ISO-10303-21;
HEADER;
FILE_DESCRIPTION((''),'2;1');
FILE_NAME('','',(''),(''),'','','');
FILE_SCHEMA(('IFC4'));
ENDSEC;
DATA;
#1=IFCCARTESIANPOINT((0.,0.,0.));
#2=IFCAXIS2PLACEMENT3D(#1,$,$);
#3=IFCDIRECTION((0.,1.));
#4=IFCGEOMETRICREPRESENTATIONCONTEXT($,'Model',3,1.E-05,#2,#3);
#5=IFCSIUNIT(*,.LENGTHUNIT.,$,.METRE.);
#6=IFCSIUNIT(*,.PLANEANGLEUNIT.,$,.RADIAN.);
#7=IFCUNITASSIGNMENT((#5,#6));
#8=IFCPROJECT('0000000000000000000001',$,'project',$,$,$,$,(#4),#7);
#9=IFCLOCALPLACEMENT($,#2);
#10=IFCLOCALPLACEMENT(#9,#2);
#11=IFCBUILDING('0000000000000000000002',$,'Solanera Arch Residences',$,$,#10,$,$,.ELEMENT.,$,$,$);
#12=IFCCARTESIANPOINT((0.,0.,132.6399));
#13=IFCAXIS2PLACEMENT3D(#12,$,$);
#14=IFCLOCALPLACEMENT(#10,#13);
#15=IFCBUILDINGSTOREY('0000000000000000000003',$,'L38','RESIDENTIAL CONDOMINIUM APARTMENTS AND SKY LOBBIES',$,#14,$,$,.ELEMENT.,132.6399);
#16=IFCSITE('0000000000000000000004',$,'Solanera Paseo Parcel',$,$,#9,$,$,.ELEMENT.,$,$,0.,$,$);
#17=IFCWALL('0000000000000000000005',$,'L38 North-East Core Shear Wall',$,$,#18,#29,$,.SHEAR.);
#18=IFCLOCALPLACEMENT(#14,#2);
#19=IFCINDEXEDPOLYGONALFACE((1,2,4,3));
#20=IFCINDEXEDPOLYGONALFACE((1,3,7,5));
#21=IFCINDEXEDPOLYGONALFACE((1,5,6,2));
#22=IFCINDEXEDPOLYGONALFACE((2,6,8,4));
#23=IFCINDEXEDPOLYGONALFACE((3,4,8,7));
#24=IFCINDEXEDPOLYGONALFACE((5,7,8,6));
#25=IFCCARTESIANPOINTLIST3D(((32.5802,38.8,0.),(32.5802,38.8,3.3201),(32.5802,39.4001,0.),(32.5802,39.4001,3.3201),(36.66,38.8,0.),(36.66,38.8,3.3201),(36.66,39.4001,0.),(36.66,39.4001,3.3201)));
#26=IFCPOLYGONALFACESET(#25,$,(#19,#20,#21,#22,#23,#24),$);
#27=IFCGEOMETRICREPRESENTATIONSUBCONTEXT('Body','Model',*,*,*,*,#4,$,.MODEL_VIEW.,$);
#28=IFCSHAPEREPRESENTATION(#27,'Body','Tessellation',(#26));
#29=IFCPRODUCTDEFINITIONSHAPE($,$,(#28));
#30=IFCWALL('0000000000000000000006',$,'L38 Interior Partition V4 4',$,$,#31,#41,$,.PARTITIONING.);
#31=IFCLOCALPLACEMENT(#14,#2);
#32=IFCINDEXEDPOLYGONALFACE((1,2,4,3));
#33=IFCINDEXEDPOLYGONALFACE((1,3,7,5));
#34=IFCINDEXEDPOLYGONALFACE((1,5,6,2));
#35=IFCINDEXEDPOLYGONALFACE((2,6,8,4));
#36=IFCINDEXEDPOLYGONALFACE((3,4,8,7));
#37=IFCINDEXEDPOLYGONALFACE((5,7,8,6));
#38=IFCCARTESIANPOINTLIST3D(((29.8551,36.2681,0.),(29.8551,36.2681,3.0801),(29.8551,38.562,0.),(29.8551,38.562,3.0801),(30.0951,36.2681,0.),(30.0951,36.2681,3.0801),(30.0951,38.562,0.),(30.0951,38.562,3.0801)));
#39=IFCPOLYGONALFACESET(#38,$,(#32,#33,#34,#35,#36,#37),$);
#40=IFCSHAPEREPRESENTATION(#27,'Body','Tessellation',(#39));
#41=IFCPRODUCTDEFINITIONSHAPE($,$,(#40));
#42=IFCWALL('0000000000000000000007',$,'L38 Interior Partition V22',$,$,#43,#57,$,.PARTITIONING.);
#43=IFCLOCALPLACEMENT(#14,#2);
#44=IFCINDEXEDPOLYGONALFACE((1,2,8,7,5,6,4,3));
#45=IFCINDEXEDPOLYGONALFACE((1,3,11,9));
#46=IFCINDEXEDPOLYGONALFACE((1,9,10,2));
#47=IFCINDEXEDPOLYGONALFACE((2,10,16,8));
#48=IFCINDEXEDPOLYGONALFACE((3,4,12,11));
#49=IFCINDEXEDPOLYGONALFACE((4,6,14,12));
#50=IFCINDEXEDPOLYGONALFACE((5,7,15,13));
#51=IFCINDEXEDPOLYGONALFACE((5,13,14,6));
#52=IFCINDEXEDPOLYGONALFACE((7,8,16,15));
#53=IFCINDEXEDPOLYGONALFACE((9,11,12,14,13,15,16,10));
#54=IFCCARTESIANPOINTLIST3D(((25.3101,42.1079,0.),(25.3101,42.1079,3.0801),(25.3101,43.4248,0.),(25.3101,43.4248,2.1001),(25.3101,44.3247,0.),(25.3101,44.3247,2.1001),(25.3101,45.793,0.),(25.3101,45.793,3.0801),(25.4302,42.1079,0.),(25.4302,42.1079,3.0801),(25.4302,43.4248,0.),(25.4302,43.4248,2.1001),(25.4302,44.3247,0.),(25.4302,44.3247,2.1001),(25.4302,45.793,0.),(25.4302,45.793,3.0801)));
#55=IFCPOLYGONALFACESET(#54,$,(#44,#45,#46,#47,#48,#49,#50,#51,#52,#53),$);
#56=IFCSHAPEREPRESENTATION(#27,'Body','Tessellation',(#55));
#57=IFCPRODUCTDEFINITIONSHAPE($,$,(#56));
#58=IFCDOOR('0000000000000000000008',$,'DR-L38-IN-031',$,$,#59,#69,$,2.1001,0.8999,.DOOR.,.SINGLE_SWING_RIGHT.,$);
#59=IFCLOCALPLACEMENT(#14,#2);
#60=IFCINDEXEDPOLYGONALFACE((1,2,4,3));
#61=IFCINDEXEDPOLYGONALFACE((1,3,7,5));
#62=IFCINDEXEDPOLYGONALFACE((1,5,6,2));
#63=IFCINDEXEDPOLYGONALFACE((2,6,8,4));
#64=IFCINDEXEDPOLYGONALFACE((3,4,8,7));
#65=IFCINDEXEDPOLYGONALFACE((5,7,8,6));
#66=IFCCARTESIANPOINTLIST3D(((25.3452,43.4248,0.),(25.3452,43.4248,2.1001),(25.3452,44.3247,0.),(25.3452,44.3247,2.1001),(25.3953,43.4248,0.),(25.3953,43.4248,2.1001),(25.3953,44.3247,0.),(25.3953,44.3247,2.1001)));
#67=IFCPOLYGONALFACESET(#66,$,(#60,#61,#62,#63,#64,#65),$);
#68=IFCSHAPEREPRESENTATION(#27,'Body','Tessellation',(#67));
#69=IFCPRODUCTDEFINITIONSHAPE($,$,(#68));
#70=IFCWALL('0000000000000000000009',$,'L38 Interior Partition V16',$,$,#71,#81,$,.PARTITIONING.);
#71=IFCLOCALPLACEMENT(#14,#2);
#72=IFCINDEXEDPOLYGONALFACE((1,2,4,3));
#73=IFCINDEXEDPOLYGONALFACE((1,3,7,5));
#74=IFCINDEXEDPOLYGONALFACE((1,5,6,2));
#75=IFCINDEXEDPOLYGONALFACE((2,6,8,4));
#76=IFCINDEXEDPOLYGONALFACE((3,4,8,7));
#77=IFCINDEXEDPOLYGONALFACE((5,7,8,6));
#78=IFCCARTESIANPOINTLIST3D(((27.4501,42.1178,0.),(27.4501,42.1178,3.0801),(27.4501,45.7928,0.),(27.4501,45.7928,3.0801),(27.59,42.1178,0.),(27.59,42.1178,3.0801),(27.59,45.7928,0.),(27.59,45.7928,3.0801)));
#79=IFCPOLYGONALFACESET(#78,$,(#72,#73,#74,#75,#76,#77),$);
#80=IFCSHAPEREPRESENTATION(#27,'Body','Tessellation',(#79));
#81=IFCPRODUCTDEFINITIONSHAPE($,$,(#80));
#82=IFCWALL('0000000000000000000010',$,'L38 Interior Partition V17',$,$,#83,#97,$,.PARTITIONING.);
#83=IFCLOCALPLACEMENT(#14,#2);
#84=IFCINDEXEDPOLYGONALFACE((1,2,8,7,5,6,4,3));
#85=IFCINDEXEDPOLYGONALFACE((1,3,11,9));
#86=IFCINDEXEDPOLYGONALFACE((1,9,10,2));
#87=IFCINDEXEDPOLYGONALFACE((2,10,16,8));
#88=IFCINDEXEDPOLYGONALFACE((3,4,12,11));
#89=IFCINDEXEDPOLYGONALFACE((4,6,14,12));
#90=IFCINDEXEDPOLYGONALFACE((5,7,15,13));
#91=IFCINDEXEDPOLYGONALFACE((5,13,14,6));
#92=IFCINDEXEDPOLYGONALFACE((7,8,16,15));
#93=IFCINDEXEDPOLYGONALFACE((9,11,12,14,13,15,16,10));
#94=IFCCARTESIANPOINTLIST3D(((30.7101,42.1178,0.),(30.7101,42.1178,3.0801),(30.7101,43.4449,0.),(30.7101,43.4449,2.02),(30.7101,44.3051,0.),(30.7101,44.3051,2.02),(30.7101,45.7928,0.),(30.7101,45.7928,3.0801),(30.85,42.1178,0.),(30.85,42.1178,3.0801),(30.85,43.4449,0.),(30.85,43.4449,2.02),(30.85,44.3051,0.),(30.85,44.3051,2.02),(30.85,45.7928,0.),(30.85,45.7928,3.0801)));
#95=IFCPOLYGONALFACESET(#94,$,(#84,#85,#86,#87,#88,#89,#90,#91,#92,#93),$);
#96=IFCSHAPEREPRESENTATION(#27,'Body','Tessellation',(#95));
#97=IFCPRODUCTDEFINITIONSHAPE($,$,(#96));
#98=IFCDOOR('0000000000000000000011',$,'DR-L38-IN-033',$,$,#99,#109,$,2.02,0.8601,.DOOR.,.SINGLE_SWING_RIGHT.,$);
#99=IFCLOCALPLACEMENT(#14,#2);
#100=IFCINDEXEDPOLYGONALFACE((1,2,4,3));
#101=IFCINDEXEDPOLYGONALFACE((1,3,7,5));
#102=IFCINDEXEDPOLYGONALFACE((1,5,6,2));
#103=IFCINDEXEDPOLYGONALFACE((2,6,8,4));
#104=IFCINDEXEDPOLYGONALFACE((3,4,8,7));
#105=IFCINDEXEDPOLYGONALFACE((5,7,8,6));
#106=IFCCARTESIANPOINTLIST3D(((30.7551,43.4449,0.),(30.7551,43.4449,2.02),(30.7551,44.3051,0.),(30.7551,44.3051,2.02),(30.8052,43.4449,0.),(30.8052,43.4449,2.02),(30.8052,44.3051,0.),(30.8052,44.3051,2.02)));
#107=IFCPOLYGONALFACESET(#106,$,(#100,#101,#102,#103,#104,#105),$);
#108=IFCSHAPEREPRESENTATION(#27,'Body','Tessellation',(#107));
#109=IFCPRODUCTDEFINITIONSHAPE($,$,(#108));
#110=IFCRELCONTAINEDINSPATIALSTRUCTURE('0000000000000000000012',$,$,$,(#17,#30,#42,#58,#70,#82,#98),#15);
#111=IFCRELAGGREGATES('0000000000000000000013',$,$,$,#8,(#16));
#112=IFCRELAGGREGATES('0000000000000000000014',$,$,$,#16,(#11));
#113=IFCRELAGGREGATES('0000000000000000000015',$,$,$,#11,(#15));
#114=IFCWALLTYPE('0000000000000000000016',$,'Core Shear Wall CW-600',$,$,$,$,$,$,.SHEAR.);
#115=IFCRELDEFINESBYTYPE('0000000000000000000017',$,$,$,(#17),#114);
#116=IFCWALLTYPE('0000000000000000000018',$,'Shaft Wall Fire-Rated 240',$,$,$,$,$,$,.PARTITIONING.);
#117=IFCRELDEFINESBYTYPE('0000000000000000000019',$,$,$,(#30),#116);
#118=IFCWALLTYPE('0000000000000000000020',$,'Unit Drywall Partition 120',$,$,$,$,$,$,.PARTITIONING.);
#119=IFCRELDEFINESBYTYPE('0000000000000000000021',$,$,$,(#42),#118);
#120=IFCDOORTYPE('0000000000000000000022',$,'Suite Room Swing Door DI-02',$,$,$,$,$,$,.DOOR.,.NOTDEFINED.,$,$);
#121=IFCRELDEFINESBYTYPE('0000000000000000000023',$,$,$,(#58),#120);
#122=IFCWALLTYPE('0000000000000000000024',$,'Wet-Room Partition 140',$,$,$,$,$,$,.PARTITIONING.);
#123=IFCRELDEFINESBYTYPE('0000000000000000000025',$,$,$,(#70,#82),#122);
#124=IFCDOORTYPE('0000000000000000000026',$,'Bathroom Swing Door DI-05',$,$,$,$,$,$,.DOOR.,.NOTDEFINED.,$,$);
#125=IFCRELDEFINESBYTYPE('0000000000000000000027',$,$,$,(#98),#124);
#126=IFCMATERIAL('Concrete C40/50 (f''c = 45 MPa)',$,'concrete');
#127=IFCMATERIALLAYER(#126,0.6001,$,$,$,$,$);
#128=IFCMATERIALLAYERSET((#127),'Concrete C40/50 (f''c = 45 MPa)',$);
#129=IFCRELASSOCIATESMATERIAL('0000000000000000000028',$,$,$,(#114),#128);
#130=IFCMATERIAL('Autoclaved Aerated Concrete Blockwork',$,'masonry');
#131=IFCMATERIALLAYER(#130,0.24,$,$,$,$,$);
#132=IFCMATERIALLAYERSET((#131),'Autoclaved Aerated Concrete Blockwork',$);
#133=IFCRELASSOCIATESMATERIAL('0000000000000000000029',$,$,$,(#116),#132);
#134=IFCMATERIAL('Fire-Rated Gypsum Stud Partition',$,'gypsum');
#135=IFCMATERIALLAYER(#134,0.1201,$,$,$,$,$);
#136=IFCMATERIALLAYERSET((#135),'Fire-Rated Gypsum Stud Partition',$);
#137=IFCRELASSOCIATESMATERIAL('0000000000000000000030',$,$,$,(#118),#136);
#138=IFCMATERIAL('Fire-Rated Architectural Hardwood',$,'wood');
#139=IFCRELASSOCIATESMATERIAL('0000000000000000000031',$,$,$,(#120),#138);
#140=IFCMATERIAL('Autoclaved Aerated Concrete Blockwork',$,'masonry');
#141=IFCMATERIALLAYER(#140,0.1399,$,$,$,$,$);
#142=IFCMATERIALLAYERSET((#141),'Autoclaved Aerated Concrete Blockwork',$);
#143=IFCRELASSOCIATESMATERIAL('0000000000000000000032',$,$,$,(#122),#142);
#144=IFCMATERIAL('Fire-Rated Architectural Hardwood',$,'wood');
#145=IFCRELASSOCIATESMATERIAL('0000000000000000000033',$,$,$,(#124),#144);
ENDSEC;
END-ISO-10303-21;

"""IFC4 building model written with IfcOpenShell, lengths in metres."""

from ifc_helpers import new_model, si_unit, direction, frame, frame_2d, origin, place, context, subcontext, project, spatial, rectangle, extrude, material, layer, layer_set, type_object, element, fill, save


model = new_model("IFC4")

# Units and contexts
model_context = context("Model", 3, precision=1e-05, world=origin(), true_north=direction((0.0, 1.0)))
body_context = subcontext(model_context, "Body", "Model", "MODEL_VIEW")
ifc_project = project(units=[si_unit("LENGTHUNIT", "METRE"), si_unit("PLANEANGLEUNIT", "RADIAN")], contexts=[model_context])

# Site, building, storey
site_placement = place(None, origin())
site = spatial("IfcSite", under=ifc_project, at=site_placement, Name="Solanera Paseo Parcel", CompositionType="ELEMENT", RefElevation=0.0)
building_placement = place(site_placement, origin())
building = spatial("IfcBuilding", under=site, at=building_placement, Name="Solanera Arch Residences", CompositionType="ELEMENT")
storey_placement = place(building_placement, frame((0.0, 0.0, 132.6399)))
storey = spatial("IfcBuildingStorey", under=building, at=storey_placement, Name="L38", Description="RESIDENTIAL CONDOMINIUM APARTMENTS AND SKY LOBBIES", CompositionType="ELEMENT", Elevation=132.6399)

# Walls
ifc_material_1 = material(Name="Concrete C40/50 (f'c = 45 MPa)", Category="concrete")
ifc_layer_1 = layer(ifc_material_1, 0.6001)
ifc_layer_set_1 = layer_set([ifc_layer_1], Name="Concrete C40/50 (f'c = 45 MPa)")
wall_type_1 = type_object("IfcWallType", Name="Core Shear Wall CW-600", PredefinedType="SHEAR", material=ifc_layer_set_1)
wall_1_placement = place(storey_placement, frame((32.5801, 39.1001, 0.0), z_axis=(0.0, 0.0, 1.0), x_axis=(1.0, 0.0, 0.0)))
element("IfcWall", 1, at=wall_1_placement, inside=storey, type_object=wall_type_1, Name="L38 North-East Core Shear Wall", PredefinedType="SHEAR", context=body_context, shape_type="SweptSolid", body=[
    extrude(rectangle(XDim=4.0798, YDim=0.6001, at=frame_2d((2.04, 0.0))), origin(), (0.0, 0.0, 1.0), 3.3201),
])
ifc_material_2 = material(Name="Autoclaved Aerated Concrete Blockwork", Category="masonry")
ifc_layer_2 = layer(ifc_material_2, 0.24)
ifc_layer_set_2 = layer_set([ifc_layer_2], Name="Autoclaved Aerated Concrete Blockwork")
wall_type_2 = type_object("IfcWallType", Name="Shaft Wall Fire-Rated 240", PredefinedType="PARTITIONING", material=ifc_layer_set_2)
wall_2_placement = place(storey_placement, frame((29.9751, 36.2681, 0.0), z_axis=(0.0, 0.0, 1.0), x_axis=(0.0, 1.0, 0.0)))
element("IfcWall", 2, at=wall_2_placement, inside=storey, type_object=wall_type_2, Name="L38 Interior Partition V4 4", PredefinedType="PARTITIONING", context=body_context, shape_type="SweptSolid", body=[
    extrude(rectangle(XDim=2.2939, YDim=0.24, at=frame_2d((1.147, 0.0))), origin(), (0.0, 0.0, 1.0), 3.0801),
])

# Wall, opening, door
ifc_material_3 = material(Name="Fire-Rated Gypsum Stud Partition", Category="gypsum")
ifc_layer_3 = layer(ifc_material_3, 0.1201)
ifc_layer_set_3 = layer_set([ifc_layer_3], Name="Fire-Rated Gypsum Stud Partition")
wall_type_3 = type_object("IfcWallType", Name="Unit Drywall Partition 120", PredefinedType="PARTITIONING", material=ifc_layer_set_3)
wall_3_placement = place(storey_placement, frame((25.3701, 42.1079, 0.0), z_axis=(0.0, 0.0, 1.0), x_axis=(0.0, 1.0, 0.0)))
wall_3 = element("IfcWall", 3, at=wall_3_placement, inside=storey, type_object=wall_type_3, Name="L38 Interior Partition V22", PredefinedType="PARTITIONING", context=body_context, shape_type="SweptSolid", body=[
    extrude(rectangle(XDim=3.6851, YDim=0.1201, at=frame_2d((1.8425, 0.0))), origin(), (0.0, 0.0, 1.0), 3.0801),
])
opening_1_placement = place(wall_3_placement, frame((1.3169, 0.0, 0.0)))
opening_1 = element("IfcOpeningElement", 4, at=opening_1_placement, cuts=wall_3, PredefinedType="OPENING", context=body_context, shape_type="SweptSolid", body=[
    extrude(rectangle(XDim=0.8999, YDim=2.1001, at=frame_2d((0.45, 1.05))), frame((0.0, 0.0701, 0.0), z_axis=(0.0, -1.0, 0.0), x_axis=(1.0, 0.0, 0.0)), (0.0, 0.0, 1.0), 0.1401),
])
ifc_material_4 = material(Name="Fire-Rated Architectural Hardwood", Category="wood")
door_type_1 = type_object("IfcDoorType", Name="Suite Room Swing Door DI-02", OperationType="NOTDEFINED", PredefinedType="DOOR", material=ifc_material_4)
door_1_placement = place(opening_1_placement, origin())
door_1 = element("IfcDoor", 5, at=door_1_placement, inside=storey, type_object=door_type_1, Name="DR-L38-IN-031", OperationType="SINGLE_SWING_RIGHT", OverallHeight=2.1001, OverallWidth=0.8999, PredefinedType="DOOR", context=body_context, shape_type="SweptSolid", body=[
    extrude(rectangle(XDim=0.8999, YDim=2.1001, at=frame_2d((0.45, 1.05))), frame((0.0, 0.0249, 0.0), z_axis=(0.0, -1.0, 0.0), x_axis=(1.0, 0.0, 0.0)), (0.0, 0.0, 1.0), 0.05),
])
fill(opening_1, door_1)

# Wall
ifc_material_5 = material(Name="Autoclaved Aerated Concrete Blockwork", Category="masonry")
ifc_layer_4 = layer(ifc_material_5, 0.1399)
ifc_layer_set_4 = layer_set([ifc_layer_4], Name="Autoclaved Aerated Concrete Blockwork")
wall_type_4 = type_object("IfcWallType", Name="Wet-Room Partition 140", PredefinedType="PARTITIONING", material=ifc_layer_set_4)
wall_4_placement = place(storey_placement, frame((27.52, 42.1179, 0.0), z_axis=(0.0, 0.0, 1.0), x_axis=(0.0, 1.0, 0.0)))
element("IfcWall", 6, at=wall_4_placement, inside=storey, type_object=wall_type_4, Name="L38 Interior Partition V16", PredefinedType="PARTITIONING", context=body_context, shape_type="SweptSolid", body=[
    extrude(rectangle(XDim=3.675, YDim=0.1399, at=frame_2d((1.8374, 0.0))), origin(), (0.0, 0.0, 1.0), 3.0801),
])

# Wall, opening, door
wall_5_placement = place(storey_placement, frame((30.78, 42.1179, 0.0), z_axis=(0.0, 0.0, 1.0), x_axis=(0.0, 1.0, 0.0)))
wall_5 = element("IfcWall", 7, at=wall_5_placement, inside=storey, type_object=wall_type_4, Name="L38 Interior Partition V17", PredefinedType="PARTITIONING", context=body_context, shape_type="SweptSolid", body=[
    extrude(rectangle(XDim=3.675, YDim=0.1399, at=frame_2d((1.8374, 0.0))), origin(), (0.0, 0.0, 1.0), 3.0801),
])
opening_2_placement = place(wall_5_placement, frame((1.3269, 0.0, 0.0)))
opening_2 = element("IfcOpeningElement", 8, at=opening_2_placement, cuts=wall_5, PredefinedType="OPENING", context=body_context, shape_type="SweptSolid", body=[
    extrude(rectangle(XDim=0.8601, YDim=2.02, at=frame_2d((0.4302, 1.01))), frame((0.0, 0.0798, 0.0), z_axis=(0.0, -1.0, 0.0), x_axis=(1.0, 0.0, 0.0)), (0.0, 0.0, 1.0), 0.1599),
])
ifc_material_6 = material(Name="Fire-Rated Architectural Hardwood", Category="wood")
door_type_2 = type_object("IfcDoorType", Name="Bathroom Swing Door DI-05", OperationType="NOTDEFINED", PredefinedType="DOOR", material=ifc_material_6)
door_2_placement = place(opening_2_placement, origin())
door_2 = element("IfcDoor", 9, at=door_2_placement, inside=storey, type_object=door_type_2, Name="DR-L38-IN-033", OperationType="SINGLE_SWING_RIGHT", OverallHeight=2.02, OverallWidth=0.8601, PredefinedType="DOOR", context=body_context, shape_type="SweptSolid", body=[
    extrude(rectangle(XDim=0.8601, YDim=2.02, at=frame_2d((0.4302, 1.01))), frame((0.0, 0.0249, 0.0), z_axis=(0.0, -1.0, 0.0), x_axis=(1.0, 0.0, 0.0)), (0.0, 0.0, 1.0), 0.05),
])
fill(opening_2, door_2)

save(model, "model.ifc")
